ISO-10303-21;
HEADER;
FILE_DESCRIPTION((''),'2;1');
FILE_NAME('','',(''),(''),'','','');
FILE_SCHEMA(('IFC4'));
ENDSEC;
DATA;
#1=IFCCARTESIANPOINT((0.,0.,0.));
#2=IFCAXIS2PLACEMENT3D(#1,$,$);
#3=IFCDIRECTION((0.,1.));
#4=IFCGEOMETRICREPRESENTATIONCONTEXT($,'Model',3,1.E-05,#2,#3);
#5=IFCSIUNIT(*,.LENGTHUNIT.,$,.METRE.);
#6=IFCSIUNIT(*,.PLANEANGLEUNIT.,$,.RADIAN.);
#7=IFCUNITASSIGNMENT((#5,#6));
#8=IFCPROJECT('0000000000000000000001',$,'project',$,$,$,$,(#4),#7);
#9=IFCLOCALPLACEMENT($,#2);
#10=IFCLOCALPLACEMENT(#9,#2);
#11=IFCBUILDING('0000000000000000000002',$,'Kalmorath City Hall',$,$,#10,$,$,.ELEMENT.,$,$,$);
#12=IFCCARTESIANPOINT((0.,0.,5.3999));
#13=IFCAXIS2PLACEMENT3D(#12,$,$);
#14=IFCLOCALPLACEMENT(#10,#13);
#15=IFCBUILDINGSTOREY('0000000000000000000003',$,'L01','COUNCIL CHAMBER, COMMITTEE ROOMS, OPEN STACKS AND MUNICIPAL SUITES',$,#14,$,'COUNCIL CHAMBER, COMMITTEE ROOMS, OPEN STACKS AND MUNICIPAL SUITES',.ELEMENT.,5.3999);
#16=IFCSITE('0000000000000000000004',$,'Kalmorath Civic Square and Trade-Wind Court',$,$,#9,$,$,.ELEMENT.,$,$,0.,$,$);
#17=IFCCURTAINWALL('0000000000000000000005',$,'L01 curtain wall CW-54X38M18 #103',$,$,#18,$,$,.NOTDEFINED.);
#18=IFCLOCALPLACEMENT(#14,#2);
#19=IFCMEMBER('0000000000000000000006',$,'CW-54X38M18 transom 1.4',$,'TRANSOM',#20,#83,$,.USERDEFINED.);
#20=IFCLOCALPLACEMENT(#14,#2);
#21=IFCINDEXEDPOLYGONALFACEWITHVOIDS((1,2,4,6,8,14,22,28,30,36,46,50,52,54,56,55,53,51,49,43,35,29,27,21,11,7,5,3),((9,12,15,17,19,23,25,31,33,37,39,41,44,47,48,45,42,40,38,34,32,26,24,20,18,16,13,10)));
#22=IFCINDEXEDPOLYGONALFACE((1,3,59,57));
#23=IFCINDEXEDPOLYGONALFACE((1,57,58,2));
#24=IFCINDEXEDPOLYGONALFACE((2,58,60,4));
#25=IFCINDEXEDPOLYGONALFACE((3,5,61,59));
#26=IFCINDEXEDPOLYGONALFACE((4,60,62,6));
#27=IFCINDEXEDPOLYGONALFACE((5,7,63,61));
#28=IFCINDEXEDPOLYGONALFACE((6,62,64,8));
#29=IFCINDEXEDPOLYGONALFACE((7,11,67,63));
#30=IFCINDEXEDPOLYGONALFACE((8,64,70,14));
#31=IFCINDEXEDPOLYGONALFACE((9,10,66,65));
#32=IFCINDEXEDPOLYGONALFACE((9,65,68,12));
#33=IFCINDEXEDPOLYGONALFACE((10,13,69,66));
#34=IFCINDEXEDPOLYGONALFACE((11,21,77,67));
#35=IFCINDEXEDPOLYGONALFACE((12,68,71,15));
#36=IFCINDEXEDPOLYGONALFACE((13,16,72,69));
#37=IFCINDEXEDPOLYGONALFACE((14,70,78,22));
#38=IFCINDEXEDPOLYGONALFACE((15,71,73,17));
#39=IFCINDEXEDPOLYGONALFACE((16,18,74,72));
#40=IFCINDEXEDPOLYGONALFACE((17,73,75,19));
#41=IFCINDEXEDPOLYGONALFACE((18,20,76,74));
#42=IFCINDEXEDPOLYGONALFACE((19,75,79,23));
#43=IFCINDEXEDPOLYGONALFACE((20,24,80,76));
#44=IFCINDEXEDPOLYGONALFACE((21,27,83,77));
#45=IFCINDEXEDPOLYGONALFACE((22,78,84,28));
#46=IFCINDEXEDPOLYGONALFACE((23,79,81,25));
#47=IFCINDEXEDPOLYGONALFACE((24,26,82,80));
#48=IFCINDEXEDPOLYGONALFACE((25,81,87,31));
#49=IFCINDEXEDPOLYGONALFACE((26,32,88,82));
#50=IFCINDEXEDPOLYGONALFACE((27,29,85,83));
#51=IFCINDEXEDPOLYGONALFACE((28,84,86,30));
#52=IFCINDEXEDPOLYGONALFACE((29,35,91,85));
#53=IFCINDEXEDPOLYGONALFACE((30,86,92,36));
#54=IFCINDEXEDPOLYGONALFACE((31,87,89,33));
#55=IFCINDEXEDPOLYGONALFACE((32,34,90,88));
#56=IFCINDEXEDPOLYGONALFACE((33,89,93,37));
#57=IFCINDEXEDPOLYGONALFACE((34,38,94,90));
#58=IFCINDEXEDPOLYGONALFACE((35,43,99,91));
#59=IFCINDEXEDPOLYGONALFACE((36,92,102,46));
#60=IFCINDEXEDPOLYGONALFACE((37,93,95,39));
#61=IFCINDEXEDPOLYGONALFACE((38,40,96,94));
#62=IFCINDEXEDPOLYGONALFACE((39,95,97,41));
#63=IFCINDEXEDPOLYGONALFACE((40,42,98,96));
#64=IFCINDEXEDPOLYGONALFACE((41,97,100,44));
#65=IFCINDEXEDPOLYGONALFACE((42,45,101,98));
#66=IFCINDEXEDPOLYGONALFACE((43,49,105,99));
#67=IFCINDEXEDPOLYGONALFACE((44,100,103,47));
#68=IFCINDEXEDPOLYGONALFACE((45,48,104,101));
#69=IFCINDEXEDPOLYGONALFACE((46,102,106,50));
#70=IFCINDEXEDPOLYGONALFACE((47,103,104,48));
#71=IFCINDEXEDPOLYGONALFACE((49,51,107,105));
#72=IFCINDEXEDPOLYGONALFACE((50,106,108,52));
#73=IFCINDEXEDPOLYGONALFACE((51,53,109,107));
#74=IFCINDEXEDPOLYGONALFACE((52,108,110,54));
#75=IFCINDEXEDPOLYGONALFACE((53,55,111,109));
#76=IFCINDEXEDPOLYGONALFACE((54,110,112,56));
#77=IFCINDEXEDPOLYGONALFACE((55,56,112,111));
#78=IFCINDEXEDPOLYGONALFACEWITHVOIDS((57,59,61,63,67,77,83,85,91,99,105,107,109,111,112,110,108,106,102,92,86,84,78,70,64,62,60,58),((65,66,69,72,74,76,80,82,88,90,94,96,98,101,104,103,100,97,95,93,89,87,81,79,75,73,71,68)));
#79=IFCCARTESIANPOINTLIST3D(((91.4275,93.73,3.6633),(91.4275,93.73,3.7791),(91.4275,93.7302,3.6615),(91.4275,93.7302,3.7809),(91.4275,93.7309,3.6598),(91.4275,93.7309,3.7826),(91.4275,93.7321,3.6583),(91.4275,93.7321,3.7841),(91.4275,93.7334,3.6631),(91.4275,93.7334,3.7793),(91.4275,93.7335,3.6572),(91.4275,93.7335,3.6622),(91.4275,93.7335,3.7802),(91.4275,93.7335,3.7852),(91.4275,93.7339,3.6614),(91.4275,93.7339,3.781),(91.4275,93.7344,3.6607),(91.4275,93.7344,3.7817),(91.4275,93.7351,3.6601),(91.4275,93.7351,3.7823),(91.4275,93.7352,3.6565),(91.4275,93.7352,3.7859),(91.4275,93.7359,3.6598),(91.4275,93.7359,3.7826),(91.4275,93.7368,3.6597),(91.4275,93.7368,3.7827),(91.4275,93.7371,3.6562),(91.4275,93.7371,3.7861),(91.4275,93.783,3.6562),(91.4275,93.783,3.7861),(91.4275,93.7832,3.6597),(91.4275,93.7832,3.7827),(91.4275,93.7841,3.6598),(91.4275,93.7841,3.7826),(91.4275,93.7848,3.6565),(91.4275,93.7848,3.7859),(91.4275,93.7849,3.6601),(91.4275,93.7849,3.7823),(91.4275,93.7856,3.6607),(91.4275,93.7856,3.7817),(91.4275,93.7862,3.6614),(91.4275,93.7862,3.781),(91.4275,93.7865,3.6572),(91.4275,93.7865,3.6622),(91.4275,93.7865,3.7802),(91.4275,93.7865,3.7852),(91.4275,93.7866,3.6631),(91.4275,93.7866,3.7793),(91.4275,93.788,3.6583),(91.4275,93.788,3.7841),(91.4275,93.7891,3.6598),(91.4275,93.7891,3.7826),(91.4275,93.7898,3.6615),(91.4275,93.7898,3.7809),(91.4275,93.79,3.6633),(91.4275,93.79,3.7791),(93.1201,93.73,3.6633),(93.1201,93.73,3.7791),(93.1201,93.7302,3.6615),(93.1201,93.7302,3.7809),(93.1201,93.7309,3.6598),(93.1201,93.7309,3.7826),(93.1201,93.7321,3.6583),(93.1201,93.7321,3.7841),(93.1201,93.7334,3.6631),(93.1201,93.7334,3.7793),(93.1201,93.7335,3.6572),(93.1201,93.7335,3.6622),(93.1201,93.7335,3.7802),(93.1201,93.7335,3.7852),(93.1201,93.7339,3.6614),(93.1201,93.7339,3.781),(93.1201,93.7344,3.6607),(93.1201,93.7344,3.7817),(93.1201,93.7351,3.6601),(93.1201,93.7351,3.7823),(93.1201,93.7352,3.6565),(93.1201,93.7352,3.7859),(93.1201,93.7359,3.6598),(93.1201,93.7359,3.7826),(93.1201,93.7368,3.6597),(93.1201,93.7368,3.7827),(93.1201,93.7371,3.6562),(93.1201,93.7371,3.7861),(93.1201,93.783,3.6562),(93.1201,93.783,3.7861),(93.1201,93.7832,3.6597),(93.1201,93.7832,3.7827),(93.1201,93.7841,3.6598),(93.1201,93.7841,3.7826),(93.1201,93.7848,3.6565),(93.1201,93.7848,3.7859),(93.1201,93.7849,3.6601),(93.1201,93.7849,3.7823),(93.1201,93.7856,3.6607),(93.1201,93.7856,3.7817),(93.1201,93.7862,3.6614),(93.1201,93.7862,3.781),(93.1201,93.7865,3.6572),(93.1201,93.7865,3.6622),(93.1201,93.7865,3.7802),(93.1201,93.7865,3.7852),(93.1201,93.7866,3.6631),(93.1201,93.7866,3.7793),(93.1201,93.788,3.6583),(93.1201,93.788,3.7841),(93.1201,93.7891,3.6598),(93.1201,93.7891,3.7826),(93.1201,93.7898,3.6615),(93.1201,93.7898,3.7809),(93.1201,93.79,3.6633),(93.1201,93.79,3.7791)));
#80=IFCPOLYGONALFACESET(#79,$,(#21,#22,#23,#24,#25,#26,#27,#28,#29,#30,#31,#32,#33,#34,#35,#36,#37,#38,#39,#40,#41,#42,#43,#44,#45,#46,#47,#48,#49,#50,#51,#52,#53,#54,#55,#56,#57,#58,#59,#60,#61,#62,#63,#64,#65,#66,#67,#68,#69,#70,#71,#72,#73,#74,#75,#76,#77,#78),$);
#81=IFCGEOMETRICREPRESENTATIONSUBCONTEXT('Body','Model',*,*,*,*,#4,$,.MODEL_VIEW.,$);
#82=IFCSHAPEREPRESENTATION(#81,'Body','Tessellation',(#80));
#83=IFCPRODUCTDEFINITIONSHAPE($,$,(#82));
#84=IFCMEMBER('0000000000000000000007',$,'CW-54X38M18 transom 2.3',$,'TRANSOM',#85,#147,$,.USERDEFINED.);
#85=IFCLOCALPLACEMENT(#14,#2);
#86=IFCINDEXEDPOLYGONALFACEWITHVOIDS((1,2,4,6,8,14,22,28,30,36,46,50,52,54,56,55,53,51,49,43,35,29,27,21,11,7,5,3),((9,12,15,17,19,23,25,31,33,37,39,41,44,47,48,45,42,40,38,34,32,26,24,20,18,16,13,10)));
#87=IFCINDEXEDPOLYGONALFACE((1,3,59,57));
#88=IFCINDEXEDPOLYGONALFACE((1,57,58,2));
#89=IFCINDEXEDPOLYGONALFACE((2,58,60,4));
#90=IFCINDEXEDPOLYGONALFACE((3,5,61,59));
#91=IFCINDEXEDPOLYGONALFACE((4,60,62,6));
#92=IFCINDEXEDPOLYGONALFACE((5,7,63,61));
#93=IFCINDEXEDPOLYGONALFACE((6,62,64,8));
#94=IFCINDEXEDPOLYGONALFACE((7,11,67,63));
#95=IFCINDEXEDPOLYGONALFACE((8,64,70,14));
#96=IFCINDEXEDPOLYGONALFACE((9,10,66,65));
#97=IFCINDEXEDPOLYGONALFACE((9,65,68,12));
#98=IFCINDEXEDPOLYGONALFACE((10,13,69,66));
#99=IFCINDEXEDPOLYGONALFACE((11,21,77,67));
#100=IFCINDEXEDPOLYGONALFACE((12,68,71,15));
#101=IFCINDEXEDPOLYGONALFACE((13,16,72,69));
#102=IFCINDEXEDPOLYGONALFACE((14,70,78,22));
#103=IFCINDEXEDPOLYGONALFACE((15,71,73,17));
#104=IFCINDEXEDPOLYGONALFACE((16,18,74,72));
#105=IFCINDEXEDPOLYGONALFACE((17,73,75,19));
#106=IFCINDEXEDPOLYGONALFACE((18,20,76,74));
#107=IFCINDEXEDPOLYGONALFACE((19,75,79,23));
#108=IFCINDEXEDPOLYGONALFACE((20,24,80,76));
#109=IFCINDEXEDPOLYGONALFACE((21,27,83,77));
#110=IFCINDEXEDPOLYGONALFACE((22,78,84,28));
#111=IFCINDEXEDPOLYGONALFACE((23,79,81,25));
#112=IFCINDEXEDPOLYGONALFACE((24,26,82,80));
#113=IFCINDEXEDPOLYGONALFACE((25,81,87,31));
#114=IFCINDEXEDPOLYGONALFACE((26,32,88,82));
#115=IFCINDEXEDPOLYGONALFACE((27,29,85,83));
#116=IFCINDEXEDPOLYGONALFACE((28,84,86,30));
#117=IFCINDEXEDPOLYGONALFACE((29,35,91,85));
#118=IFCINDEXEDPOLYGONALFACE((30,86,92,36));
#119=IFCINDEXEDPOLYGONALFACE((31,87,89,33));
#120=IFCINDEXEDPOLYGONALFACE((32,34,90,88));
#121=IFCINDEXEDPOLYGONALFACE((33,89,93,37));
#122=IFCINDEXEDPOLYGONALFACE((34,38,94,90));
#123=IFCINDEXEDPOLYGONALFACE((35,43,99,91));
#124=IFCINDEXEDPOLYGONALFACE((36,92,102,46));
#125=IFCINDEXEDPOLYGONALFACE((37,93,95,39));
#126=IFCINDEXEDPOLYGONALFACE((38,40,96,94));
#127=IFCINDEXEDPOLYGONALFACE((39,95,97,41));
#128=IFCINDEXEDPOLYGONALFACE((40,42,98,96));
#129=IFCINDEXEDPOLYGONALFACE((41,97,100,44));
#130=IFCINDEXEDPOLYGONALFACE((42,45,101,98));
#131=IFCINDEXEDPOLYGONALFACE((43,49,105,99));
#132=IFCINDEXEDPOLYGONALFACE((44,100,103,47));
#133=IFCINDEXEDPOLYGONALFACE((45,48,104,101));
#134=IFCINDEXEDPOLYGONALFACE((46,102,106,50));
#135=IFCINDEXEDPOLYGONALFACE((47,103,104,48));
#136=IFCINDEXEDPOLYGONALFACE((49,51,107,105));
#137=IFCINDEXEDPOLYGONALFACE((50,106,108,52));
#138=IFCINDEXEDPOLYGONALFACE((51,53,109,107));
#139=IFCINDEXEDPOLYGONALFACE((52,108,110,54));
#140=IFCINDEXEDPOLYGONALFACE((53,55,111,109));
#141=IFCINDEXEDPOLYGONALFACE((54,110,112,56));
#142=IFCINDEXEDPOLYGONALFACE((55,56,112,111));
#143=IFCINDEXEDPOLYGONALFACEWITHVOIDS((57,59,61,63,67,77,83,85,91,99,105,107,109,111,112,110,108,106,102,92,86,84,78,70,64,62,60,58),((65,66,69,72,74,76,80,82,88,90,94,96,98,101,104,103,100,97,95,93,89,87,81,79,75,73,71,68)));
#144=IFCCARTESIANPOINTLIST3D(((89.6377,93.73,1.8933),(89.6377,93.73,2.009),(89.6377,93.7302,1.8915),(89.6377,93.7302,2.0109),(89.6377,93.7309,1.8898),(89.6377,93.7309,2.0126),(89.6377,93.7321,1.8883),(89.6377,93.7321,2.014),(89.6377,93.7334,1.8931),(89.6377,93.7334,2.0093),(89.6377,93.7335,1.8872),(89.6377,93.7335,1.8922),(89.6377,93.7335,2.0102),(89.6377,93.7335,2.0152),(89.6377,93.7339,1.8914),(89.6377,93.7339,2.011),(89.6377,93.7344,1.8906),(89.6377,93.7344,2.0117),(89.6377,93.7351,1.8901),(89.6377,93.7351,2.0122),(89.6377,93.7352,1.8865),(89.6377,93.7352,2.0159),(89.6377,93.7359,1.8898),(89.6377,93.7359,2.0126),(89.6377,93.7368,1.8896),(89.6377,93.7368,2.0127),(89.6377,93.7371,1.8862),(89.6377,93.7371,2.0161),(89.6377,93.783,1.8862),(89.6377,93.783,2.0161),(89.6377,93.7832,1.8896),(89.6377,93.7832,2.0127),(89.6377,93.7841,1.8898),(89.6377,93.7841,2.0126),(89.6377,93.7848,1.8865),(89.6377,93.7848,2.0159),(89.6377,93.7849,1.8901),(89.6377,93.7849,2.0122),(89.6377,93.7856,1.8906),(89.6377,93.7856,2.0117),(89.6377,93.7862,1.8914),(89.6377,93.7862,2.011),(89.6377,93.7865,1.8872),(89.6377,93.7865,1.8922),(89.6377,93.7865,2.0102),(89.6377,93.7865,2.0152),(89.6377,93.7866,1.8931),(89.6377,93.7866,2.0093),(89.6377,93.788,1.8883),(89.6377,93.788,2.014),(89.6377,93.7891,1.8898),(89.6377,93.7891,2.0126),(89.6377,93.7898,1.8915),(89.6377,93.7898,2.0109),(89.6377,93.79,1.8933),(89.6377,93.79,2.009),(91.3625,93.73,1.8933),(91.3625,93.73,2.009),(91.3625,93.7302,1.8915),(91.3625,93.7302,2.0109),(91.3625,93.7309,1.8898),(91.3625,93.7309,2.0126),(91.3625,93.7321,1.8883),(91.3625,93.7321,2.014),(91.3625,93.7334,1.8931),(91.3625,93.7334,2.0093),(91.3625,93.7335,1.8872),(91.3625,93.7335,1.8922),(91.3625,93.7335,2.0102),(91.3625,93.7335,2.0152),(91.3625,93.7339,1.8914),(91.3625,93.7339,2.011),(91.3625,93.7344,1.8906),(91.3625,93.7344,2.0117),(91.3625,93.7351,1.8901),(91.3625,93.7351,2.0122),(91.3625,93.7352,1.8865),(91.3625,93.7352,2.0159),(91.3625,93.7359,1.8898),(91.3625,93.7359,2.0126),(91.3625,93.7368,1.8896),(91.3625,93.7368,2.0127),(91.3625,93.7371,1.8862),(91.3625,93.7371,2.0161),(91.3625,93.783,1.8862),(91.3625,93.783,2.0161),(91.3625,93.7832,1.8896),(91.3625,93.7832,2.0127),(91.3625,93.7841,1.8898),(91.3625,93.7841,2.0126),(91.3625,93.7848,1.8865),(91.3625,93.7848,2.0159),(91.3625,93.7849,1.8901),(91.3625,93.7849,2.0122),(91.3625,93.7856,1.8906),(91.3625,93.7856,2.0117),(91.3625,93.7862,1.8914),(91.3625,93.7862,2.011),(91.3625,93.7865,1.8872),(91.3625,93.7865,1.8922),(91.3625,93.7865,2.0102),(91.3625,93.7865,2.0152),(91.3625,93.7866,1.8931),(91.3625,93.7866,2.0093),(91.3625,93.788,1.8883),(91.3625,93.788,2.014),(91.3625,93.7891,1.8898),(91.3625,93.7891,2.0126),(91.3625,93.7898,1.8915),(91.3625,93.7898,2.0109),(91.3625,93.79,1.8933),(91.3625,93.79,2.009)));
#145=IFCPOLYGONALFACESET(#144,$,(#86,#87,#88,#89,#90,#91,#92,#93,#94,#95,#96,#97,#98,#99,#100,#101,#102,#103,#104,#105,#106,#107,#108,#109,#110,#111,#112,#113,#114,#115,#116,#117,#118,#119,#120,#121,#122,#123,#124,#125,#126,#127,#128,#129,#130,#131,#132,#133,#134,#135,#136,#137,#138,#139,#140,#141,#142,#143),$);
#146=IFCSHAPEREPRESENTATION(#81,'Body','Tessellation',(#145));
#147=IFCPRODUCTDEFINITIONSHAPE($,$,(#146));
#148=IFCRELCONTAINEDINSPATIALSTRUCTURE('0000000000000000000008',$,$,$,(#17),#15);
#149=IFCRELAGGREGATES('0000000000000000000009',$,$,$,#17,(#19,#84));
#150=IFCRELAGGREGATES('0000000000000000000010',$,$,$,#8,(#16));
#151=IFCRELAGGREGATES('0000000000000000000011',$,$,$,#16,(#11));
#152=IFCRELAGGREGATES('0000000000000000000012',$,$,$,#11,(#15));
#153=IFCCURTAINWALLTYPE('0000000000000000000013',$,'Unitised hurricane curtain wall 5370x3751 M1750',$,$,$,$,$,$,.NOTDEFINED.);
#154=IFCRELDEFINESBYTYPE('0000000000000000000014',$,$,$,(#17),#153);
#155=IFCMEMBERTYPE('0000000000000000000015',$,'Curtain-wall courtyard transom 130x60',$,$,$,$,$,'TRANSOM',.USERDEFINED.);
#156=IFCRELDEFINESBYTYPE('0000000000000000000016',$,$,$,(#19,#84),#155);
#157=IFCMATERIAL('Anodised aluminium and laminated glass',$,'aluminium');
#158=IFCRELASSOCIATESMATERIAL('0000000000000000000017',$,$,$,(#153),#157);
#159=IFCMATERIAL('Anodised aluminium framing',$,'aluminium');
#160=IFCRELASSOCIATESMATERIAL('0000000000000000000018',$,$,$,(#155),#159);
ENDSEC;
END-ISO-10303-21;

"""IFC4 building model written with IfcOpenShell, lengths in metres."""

from ifc_helpers import new_model, si_unit, direction, frame, origin, origin_2d, place, context, subcontext, project, spatial, hollow_rectangle, extrude, material, material_profile, profile_set, type_object, element, aggregate, save


model = new_model("IFC4")

# Units and contexts
model_context = context("Model", 3, precision=1e-05, world=origin(), true_north=direction((0.0, 1.0)))
body_context = subcontext(model_context, "Body", "Model", "MODEL_VIEW")
ifc_project = project(units=[si_unit("LENGTHUNIT", "METRE"), si_unit("PLANEANGLEUNIT", "RADIAN")], contexts=[model_context])

# Site, building, storey
site_placement = place(None, origin())
site = spatial("IfcSite", under=ifc_project, at=site_placement, Name="Kalmorath Civic Square and Trade-Wind Court", CompositionType="ELEMENT", RefElevation=0.0)
building_placement = place(site_placement, origin())
building = spatial("IfcBuilding", under=site, at=building_placement, Name="Kalmorath City Hall", CompositionType="ELEMENT")
storey_placement = place(building_placement, frame((0.0, 0.0, 5.3999)))
storey = spatial("IfcBuildingStorey", under=building, at=storey_placement, Name="L01", Description="COUNCIL CHAMBER, COMMITTEE ROOMS, OPEN STACKS AND MUNICIPAL SUITES", LongName="COUNCIL CHAMBER, COMMITTEE ROOMS, OPEN STACKS AND MUNICIPAL SUITES", CompositionType="ELEMENT", Elevation=5.3999)

# Curtain wall, members
ifc_material_1 = material(Name="Anodised aluminium and laminated glass", Category="aluminium")
curtain_wall_type = type_object("IfcCurtainWallType", Name="Unitised hurricane curtain wall 5370x3751 M1750", PredefinedType="NOTDEFINED", material=ifc_material_1)
curtain_wall_placement = place(storey_placement, origin())
curtain_wall = element("IfcCurtainWall", 1, at=curtain_wall_placement, inside=storey, type_object=curtain_wall_type, Name="L01 curtain wall CW-54X38M18 #103", PredefinedType="NOTDEFINED")
ifc_material_2 = material(Name="Anodised aluminium framing", Category="aluminium")
ifc_material_profile_1 = material_profile(ifc_material_2, hollow_rectangle(XDim=0.0601, YDim=0.1299, WallThickness=0.0034, InnerFilletRadius=0.0034, OuterFilletRadius=0.0071, at=origin_2d()), Name="ALU-TRN-130X60X3.5")
ifc_profile_set_1 = profile_set([ifc_material_profile_1], Name="Anodised aluminium framing")
member_type_1 = type_object("IfcMemberType", Name="Curtain-wall courtyard transom 130x60", ElementType="TRANSOM", PredefinedType="USERDEFINED", material=ifc_profile_set_1)
member_1_placement = place(storey_placement, frame((93.1201, 93.76, 3.7212), z_axis=(-1.0, 0.0, 0.0), x_axis=(0.0, -1.0, 0.0)))
member_1 = element("IfcMember", 2, at=member_1_placement, type_object=member_type_1, Name="CW-54X38M18 transom 1.4", ObjectType="TRANSOM", PredefinedType="USERDEFINED", context=body_context, shape_type="SweptSolid", body=[
    extrude(hollow_rectangle(XDim=0.0601, YDim=0.1299, WallThickness=0.0034, InnerFilletRadius=0.0034, OuterFilletRadius=0.0071, at=origin_2d()), origin(), (0.0, 0.0, 1.0), 1.6926),
])
member_2_placement = place(storey_placement, frame((91.3625, 93.76, 1.9512), z_axis=(-1.0, 0.0, 0.0), x_axis=(0.0, -1.0, 0.0)))
member_2 = element("IfcMember", 3, at=member_2_placement, type_object=member_type_1, Name="CW-54X38M18 transom 2.3", ObjectType="TRANSOM", PredefinedType="USERDEFINED", context=body_context, shape_type="SweptSolid", body=[
    extrude(hollow_rectangle(XDim=0.0601, YDim=0.1299, WallThickness=0.0034, InnerFilletRadius=0.0034, OuterFilletRadius=0.0071, at=origin_2d()), origin(), (0.0, 0.0, 1.0), 1.7249),
])

aggregate(curtain_wall, [member_1, member_2])

save(model, "model.ifc")
